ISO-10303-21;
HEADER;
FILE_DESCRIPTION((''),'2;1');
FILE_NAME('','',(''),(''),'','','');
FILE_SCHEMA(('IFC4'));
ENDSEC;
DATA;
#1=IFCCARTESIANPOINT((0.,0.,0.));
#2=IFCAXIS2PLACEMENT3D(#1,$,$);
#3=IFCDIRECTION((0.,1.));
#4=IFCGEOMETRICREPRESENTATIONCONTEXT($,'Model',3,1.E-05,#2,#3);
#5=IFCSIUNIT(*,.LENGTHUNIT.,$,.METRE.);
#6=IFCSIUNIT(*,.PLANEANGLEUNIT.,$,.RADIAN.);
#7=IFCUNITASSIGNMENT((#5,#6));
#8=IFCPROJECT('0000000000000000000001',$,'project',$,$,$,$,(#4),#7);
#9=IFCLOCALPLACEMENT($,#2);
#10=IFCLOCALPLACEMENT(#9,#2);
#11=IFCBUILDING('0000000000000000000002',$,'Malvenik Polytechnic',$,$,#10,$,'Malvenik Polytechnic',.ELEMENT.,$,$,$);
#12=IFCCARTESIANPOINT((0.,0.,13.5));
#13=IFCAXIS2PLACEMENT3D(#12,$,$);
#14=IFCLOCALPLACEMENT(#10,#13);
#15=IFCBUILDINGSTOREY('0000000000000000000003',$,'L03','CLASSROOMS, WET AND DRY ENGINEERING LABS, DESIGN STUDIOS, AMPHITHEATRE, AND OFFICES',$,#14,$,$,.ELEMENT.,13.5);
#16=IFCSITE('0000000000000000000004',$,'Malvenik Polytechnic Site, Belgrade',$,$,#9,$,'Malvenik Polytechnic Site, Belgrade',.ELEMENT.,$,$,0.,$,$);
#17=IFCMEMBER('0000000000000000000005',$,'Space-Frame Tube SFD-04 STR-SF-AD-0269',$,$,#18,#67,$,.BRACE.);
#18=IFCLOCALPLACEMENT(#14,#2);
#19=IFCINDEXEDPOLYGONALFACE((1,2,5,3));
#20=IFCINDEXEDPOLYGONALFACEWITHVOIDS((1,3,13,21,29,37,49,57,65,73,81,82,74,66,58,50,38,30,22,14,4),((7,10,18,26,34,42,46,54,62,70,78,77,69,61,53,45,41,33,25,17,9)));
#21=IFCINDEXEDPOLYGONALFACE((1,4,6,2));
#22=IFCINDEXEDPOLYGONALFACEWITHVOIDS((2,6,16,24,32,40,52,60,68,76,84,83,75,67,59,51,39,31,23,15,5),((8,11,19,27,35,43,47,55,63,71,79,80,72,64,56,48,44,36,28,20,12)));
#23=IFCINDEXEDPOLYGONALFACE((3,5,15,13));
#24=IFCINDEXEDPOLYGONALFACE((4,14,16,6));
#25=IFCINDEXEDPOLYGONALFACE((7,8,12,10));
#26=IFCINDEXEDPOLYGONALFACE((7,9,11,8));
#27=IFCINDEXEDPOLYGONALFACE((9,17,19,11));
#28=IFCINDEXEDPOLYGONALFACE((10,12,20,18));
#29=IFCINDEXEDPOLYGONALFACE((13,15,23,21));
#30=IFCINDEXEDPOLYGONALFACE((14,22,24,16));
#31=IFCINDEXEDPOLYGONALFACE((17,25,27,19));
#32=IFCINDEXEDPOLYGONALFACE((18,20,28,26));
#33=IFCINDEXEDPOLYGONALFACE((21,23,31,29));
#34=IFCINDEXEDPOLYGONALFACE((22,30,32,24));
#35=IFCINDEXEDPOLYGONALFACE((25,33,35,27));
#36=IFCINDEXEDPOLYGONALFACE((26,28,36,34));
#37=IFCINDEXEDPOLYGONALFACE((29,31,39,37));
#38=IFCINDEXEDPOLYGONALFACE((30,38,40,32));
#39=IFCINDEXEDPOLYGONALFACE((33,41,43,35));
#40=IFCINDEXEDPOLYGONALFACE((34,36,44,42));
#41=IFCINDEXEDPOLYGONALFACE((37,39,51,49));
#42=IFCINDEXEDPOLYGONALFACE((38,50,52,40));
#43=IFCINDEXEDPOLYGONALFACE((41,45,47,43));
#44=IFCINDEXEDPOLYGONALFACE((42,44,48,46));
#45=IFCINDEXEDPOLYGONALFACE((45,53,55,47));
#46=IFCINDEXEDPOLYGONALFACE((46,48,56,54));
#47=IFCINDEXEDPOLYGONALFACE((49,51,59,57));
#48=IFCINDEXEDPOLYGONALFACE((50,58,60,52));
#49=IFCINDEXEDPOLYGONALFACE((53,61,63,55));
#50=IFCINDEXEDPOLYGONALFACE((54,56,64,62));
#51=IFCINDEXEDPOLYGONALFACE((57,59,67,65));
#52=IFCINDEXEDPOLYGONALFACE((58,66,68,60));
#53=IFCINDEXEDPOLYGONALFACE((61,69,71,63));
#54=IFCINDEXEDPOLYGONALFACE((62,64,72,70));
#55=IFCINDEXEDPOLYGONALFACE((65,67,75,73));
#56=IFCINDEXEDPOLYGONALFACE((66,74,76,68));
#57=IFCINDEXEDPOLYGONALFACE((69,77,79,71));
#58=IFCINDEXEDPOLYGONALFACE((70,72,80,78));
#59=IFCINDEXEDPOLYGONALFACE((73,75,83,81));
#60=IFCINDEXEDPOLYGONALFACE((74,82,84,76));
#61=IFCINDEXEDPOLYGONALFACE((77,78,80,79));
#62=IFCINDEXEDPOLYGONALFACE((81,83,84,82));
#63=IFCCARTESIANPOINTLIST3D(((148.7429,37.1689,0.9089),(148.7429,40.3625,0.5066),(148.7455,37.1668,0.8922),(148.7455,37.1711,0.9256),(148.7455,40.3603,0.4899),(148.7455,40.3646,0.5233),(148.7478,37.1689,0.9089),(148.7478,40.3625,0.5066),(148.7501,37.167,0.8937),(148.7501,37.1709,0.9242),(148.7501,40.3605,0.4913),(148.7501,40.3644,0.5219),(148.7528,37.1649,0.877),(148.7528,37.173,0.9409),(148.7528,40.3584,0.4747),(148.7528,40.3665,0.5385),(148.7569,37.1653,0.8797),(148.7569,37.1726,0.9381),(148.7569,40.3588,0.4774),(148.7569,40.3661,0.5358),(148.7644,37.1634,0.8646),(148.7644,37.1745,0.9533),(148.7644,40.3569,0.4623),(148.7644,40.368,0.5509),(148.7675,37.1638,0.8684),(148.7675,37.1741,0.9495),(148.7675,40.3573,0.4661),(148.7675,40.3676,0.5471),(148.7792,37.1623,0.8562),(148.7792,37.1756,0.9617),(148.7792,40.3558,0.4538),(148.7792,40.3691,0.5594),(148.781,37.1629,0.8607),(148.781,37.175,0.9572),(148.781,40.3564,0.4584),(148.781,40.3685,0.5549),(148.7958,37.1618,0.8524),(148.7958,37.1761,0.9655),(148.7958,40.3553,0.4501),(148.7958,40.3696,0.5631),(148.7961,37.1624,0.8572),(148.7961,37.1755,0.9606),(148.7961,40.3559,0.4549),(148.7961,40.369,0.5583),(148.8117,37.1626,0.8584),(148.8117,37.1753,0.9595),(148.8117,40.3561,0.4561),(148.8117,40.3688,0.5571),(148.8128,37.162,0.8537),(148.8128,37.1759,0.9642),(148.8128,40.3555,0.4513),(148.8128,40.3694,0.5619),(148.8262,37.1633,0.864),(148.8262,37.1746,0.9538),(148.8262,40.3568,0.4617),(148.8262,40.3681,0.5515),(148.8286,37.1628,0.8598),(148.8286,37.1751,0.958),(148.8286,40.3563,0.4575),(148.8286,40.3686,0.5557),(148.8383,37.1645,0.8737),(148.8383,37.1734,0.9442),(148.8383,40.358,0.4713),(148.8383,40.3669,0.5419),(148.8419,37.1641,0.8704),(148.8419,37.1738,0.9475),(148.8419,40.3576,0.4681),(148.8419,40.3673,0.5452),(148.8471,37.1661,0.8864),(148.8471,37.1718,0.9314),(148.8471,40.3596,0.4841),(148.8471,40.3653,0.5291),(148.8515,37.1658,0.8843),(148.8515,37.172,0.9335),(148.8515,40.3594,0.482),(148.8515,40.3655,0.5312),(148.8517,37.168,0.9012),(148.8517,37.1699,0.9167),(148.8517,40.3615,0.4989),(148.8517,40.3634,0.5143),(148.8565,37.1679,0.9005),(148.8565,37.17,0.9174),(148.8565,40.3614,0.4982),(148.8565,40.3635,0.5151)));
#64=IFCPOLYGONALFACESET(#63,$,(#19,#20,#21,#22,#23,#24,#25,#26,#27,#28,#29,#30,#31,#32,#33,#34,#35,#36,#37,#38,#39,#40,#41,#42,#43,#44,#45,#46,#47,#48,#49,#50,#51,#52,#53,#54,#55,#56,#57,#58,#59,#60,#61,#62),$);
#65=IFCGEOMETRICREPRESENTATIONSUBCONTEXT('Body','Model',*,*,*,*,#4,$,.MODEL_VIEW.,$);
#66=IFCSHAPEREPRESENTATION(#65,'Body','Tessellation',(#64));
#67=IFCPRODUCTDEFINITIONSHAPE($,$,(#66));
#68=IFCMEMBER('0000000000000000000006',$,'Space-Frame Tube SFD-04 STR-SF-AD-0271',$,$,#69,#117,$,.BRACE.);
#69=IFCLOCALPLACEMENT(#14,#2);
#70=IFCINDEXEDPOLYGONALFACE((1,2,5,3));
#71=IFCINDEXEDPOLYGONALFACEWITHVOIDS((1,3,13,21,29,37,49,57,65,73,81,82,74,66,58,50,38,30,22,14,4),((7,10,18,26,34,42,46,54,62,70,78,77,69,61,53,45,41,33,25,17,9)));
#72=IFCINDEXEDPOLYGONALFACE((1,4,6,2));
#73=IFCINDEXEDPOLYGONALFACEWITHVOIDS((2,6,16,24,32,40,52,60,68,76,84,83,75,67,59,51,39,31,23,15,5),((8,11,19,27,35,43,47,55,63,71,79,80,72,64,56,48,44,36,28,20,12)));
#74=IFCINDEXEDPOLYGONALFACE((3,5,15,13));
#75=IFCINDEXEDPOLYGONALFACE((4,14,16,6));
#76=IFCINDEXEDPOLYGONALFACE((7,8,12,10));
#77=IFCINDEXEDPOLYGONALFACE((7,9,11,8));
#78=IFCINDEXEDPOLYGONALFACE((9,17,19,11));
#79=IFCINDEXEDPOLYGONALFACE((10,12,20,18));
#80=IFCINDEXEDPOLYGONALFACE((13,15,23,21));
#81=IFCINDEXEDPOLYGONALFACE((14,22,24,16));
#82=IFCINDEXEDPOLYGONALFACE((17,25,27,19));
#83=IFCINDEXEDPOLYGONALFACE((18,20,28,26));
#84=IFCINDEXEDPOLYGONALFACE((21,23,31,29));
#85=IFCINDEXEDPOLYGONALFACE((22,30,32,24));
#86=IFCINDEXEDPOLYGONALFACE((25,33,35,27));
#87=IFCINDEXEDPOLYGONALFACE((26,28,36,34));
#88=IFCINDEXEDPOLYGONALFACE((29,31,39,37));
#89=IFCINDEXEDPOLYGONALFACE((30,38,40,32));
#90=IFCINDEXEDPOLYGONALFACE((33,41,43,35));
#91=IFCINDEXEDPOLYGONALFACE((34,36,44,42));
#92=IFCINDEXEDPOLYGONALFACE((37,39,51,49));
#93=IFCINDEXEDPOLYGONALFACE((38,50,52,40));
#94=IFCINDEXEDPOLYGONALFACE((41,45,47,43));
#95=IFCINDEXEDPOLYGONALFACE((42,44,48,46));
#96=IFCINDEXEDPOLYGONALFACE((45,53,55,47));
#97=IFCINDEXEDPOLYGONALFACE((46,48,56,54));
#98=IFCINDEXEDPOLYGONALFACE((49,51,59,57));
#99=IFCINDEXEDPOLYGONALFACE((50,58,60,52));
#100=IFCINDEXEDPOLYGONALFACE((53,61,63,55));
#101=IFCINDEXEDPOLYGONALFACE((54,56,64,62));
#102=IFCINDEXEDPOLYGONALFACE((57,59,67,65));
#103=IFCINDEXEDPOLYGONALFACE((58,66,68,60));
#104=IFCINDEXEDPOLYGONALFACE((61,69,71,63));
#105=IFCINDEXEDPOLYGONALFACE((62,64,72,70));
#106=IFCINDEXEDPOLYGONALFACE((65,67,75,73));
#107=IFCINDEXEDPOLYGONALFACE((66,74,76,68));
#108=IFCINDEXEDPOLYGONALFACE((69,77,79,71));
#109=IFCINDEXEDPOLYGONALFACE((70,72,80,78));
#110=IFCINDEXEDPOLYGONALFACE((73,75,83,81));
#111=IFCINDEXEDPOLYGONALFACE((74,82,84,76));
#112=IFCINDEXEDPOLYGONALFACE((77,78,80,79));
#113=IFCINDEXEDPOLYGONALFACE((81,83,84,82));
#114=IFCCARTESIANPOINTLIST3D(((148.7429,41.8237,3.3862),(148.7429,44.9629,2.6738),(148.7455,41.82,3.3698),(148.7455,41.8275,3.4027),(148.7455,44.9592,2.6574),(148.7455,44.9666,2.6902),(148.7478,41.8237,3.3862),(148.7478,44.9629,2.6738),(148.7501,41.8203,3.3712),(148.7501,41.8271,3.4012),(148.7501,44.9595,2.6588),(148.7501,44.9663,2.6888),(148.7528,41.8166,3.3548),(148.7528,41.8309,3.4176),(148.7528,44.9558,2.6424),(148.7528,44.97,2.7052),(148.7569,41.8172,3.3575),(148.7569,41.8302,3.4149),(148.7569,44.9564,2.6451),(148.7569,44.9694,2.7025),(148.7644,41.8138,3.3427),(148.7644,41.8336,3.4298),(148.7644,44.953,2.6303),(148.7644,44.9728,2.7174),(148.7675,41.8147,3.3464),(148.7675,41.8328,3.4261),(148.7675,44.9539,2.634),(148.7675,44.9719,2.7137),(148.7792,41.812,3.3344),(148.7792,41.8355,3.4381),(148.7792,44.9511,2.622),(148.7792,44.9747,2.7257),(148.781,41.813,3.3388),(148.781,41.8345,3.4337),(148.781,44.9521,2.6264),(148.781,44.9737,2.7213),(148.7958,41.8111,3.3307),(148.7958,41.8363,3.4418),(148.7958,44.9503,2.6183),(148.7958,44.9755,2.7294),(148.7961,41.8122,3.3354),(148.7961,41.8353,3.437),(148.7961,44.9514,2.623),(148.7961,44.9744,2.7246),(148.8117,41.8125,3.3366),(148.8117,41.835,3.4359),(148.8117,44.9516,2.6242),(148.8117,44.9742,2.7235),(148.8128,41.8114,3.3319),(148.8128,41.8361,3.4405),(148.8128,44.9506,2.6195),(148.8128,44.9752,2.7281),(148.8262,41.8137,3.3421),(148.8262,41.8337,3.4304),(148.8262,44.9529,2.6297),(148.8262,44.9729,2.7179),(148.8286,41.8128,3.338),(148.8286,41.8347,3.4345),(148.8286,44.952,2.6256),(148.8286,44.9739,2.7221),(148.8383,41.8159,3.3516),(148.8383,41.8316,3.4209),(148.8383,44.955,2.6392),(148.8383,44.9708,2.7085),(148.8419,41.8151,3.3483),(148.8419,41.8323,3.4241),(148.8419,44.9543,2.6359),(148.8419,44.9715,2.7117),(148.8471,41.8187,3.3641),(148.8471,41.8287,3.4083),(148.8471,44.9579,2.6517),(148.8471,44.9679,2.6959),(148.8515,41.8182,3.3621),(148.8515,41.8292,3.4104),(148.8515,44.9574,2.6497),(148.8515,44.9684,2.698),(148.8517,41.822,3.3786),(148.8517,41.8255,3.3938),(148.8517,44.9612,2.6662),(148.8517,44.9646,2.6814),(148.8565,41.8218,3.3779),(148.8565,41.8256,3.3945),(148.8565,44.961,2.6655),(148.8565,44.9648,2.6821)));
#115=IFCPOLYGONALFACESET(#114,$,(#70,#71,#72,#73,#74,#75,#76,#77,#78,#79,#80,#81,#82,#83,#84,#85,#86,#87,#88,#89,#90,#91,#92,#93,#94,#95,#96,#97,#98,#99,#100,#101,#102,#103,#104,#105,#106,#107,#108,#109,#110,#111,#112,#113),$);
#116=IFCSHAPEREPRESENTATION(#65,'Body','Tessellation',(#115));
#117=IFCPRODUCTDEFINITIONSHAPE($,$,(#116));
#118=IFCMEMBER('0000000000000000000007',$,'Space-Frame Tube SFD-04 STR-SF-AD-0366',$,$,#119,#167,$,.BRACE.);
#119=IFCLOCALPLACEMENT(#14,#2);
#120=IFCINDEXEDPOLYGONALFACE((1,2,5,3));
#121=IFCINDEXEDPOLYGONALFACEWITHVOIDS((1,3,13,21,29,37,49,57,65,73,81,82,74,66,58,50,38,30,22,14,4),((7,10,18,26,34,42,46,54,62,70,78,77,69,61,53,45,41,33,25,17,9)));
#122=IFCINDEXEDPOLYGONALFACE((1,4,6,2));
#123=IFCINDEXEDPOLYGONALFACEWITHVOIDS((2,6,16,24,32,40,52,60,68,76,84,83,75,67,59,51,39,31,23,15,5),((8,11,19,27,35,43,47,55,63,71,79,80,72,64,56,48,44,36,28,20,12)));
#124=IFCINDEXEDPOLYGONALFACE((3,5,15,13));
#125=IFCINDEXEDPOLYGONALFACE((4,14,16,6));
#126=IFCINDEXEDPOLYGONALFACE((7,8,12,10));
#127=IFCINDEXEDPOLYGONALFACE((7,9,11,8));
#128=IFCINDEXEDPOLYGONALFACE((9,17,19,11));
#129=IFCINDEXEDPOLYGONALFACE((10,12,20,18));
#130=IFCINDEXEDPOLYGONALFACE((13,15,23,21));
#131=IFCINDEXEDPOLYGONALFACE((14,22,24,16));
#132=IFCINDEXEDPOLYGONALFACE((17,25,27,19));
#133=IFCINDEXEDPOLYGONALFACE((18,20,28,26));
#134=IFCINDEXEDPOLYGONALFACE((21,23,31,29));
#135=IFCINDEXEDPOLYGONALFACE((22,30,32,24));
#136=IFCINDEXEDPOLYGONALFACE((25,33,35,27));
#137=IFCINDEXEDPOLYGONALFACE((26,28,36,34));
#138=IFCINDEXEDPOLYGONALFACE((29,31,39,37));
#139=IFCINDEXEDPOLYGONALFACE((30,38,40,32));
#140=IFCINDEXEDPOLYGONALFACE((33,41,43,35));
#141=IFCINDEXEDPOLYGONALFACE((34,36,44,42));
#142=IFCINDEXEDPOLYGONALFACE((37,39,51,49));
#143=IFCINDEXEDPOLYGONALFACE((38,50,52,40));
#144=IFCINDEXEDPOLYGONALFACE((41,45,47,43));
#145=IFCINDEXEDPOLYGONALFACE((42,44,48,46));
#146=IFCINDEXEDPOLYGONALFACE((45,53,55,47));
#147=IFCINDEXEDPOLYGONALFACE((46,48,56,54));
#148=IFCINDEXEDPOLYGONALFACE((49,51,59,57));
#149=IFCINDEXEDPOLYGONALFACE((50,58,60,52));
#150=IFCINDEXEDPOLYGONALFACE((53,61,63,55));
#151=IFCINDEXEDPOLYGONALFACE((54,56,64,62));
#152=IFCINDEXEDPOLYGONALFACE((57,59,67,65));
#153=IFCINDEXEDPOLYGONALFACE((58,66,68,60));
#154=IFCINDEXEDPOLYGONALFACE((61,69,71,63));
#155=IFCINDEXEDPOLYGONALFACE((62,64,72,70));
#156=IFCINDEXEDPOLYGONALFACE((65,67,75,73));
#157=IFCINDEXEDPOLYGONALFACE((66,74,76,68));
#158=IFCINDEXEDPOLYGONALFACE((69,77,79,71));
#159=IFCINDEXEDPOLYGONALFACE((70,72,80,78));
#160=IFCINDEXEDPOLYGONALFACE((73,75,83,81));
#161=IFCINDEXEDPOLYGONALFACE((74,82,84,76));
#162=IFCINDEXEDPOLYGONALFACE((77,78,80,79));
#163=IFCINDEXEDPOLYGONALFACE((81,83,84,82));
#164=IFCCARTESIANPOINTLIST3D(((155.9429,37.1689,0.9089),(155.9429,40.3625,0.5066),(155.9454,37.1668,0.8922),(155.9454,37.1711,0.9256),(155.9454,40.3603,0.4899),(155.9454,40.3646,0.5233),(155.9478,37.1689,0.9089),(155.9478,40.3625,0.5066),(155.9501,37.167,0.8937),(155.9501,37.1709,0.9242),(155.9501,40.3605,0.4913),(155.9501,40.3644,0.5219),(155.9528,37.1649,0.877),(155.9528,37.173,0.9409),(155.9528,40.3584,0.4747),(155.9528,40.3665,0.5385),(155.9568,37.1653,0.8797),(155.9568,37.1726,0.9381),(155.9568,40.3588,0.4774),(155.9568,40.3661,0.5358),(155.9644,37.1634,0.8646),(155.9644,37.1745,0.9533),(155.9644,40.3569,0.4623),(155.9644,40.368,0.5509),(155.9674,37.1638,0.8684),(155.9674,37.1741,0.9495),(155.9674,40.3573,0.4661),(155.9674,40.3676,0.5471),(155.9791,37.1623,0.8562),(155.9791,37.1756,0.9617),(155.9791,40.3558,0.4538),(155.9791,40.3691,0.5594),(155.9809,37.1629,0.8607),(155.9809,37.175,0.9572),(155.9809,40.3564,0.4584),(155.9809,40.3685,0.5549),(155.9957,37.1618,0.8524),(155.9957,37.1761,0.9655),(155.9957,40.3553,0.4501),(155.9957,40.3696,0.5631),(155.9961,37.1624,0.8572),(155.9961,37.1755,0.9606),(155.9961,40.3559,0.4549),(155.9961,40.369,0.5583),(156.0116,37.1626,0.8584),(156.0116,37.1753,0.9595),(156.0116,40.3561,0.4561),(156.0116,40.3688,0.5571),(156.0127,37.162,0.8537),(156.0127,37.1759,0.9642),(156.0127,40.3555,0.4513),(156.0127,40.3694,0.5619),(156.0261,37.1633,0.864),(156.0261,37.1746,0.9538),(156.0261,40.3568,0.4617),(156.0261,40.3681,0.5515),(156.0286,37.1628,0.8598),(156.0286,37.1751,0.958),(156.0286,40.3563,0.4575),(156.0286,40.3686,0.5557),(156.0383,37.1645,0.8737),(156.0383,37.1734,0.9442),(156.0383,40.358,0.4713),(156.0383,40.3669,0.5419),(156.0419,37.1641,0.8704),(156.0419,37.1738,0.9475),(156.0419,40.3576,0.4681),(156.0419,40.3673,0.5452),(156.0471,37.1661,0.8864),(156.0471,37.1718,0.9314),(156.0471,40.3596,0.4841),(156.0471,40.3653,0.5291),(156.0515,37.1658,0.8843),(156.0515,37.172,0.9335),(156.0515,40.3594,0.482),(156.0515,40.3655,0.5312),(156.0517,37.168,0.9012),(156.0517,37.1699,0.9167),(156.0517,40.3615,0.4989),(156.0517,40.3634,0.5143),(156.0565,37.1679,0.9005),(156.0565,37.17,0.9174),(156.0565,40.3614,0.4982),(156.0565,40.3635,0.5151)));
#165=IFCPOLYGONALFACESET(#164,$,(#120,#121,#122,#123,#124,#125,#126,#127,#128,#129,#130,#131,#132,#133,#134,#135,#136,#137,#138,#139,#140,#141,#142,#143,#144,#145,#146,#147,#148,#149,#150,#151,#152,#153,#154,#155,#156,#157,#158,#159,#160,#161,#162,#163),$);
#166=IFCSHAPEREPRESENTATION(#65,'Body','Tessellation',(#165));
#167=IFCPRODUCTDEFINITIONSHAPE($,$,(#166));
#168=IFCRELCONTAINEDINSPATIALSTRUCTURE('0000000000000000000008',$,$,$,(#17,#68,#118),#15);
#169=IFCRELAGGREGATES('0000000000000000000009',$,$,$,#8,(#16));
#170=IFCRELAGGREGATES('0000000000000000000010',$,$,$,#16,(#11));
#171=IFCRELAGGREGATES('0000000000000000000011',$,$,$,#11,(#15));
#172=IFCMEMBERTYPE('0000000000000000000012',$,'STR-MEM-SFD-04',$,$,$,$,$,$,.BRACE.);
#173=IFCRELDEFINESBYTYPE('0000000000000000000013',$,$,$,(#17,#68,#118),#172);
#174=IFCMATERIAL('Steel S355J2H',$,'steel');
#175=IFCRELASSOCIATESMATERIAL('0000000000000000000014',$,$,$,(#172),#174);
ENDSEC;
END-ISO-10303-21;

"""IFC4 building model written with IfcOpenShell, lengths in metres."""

from ifc_helpers import new_model, si_unit, direction, frame, origin, origin_2d, place, context, subcontext, project, spatial, hollow_circle, extrude, material, material_profile, profile_set, type_object, element, save


model = new_model("IFC4")

# Units and contexts
model_context = context("Model", 3, precision=1e-05, world=origin(), true_north=direction((0.0, 1.0)))
body_context = subcontext(model_context, "Body", "Model", "MODEL_VIEW")
ifc_project = project(units=[si_unit("LENGTHUNIT", "METRE"), si_unit("PLANEANGLEUNIT", "RADIAN")], contexts=[model_context])

# Site, building, storey
site_placement = place(None, origin())
site = spatial("IfcSite", under=ifc_project, at=site_placement, Name="Malvenik Polytechnic Site, Belgrade", LongName="Malvenik Polytechnic Site, Belgrade", CompositionType="ELEMENT", RefElevation=0.0)
building_placement = place(site_placement, origin())
building = spatial("IfcBuilding", under=site, at=building_placement, Name="Malvenik Polytechnic", LongName="Malvenik Polytechnic", CompositionType="ELEMENT")
storey_placement = place(building_placement, frame((0.0, 0.0, 13.5)))
storey = spatial("IfcBuildingStorey", under=building, at=storey_placement, Name="L03", Description="CLASSROOMS, WET AND DRY ENGINEERING LABS, DESIGN STUDIOS, AMPHITHEATRE, AND OFFICES", CompositionType="ELEMENT", Elevation=13.5)

# Members
ifc_material_1 = material(Name="Steel S355J2H", Category="steel")
ifc_material_profile_1 = material_profile(ifc_material_1, hollow_circle(Radius=0.0571, WallThickness=0.0049, at=origin_2d()), Name="CHS 114.3x5.0")
ifc_profile_set_1 = profile_set([ifc_material_profile_1], Name="Steel S355J2H")
member_type_1 = type_object("IfcMemberType", Name="STR-MEM-SFD-04", PredefinedType="BRACE", material=ifc_profile_set_1)
member_1_placement = place(storey_placement, frame((148.8, 37.1689, 0.9089), z_axis=(0.0, 0.992157, -0.124996), x_axis=(-1.0, 0.0, 0.0)))
element("IfcMember", 1, at=member_1_placement, inside=storey, type_object=member_type_1, Name="Space-Frame Tube SFD-04 STR-SF-AD-0269", PredefinedType="BRACE", context=body_context, shape_type="SweptSolid", body=[
    extrude(hollow_circle(Radius=0.0571, WallThickness=0.0049, at=origin_2d()), origin(), (0.0, 0.0, 1.0), 3.2188),
])
member_2_placement = place(storey_placement, frame((148.8, 41.8237, 3.3862), z_axis=(0.0, 0.975203, -0.221313), x_axis=(-1.0, 0.0, 0.0)))
element("IfcMember", 2, at=member_2_placement, inside=storey, type_object=member_type_1, Name="Space-Frame Tube SFD-04 STR-SF-AD-0271", PredefinedType="BRACE", context=body_context, shape_type="SweptSolid", body=[
    extrude(hollow_circle(Radius=0.0571, WallThickness=0.0049, at=origin_2d()), origin(), (0.0, 0.0, 1.0), 3.219),
])
member_3_placement = place(storey_placement, frame((156.0, 37.1689, 0.9089), z_axis=(0.0, 0.992157, -0.124996), x_axis=(-1.0, 0.0, 0.0)))
element("IfcMember", 3, at=member_3_placement, inside=storey, type_object=member_type_1, Name="Space-Frame Tube SFD-04 STR-SF-AD-0366", PredefinedType="BRACE", context=body_context, shape_type="SweptSolid", body=[
    extrude(hollow_circle(Radius=0.0571, WallThickness=0.0049, at=origin_2d()), origin(), (0.0, 0.0, 1.0), 3.2188),
])

save(model, "model.ifc")
